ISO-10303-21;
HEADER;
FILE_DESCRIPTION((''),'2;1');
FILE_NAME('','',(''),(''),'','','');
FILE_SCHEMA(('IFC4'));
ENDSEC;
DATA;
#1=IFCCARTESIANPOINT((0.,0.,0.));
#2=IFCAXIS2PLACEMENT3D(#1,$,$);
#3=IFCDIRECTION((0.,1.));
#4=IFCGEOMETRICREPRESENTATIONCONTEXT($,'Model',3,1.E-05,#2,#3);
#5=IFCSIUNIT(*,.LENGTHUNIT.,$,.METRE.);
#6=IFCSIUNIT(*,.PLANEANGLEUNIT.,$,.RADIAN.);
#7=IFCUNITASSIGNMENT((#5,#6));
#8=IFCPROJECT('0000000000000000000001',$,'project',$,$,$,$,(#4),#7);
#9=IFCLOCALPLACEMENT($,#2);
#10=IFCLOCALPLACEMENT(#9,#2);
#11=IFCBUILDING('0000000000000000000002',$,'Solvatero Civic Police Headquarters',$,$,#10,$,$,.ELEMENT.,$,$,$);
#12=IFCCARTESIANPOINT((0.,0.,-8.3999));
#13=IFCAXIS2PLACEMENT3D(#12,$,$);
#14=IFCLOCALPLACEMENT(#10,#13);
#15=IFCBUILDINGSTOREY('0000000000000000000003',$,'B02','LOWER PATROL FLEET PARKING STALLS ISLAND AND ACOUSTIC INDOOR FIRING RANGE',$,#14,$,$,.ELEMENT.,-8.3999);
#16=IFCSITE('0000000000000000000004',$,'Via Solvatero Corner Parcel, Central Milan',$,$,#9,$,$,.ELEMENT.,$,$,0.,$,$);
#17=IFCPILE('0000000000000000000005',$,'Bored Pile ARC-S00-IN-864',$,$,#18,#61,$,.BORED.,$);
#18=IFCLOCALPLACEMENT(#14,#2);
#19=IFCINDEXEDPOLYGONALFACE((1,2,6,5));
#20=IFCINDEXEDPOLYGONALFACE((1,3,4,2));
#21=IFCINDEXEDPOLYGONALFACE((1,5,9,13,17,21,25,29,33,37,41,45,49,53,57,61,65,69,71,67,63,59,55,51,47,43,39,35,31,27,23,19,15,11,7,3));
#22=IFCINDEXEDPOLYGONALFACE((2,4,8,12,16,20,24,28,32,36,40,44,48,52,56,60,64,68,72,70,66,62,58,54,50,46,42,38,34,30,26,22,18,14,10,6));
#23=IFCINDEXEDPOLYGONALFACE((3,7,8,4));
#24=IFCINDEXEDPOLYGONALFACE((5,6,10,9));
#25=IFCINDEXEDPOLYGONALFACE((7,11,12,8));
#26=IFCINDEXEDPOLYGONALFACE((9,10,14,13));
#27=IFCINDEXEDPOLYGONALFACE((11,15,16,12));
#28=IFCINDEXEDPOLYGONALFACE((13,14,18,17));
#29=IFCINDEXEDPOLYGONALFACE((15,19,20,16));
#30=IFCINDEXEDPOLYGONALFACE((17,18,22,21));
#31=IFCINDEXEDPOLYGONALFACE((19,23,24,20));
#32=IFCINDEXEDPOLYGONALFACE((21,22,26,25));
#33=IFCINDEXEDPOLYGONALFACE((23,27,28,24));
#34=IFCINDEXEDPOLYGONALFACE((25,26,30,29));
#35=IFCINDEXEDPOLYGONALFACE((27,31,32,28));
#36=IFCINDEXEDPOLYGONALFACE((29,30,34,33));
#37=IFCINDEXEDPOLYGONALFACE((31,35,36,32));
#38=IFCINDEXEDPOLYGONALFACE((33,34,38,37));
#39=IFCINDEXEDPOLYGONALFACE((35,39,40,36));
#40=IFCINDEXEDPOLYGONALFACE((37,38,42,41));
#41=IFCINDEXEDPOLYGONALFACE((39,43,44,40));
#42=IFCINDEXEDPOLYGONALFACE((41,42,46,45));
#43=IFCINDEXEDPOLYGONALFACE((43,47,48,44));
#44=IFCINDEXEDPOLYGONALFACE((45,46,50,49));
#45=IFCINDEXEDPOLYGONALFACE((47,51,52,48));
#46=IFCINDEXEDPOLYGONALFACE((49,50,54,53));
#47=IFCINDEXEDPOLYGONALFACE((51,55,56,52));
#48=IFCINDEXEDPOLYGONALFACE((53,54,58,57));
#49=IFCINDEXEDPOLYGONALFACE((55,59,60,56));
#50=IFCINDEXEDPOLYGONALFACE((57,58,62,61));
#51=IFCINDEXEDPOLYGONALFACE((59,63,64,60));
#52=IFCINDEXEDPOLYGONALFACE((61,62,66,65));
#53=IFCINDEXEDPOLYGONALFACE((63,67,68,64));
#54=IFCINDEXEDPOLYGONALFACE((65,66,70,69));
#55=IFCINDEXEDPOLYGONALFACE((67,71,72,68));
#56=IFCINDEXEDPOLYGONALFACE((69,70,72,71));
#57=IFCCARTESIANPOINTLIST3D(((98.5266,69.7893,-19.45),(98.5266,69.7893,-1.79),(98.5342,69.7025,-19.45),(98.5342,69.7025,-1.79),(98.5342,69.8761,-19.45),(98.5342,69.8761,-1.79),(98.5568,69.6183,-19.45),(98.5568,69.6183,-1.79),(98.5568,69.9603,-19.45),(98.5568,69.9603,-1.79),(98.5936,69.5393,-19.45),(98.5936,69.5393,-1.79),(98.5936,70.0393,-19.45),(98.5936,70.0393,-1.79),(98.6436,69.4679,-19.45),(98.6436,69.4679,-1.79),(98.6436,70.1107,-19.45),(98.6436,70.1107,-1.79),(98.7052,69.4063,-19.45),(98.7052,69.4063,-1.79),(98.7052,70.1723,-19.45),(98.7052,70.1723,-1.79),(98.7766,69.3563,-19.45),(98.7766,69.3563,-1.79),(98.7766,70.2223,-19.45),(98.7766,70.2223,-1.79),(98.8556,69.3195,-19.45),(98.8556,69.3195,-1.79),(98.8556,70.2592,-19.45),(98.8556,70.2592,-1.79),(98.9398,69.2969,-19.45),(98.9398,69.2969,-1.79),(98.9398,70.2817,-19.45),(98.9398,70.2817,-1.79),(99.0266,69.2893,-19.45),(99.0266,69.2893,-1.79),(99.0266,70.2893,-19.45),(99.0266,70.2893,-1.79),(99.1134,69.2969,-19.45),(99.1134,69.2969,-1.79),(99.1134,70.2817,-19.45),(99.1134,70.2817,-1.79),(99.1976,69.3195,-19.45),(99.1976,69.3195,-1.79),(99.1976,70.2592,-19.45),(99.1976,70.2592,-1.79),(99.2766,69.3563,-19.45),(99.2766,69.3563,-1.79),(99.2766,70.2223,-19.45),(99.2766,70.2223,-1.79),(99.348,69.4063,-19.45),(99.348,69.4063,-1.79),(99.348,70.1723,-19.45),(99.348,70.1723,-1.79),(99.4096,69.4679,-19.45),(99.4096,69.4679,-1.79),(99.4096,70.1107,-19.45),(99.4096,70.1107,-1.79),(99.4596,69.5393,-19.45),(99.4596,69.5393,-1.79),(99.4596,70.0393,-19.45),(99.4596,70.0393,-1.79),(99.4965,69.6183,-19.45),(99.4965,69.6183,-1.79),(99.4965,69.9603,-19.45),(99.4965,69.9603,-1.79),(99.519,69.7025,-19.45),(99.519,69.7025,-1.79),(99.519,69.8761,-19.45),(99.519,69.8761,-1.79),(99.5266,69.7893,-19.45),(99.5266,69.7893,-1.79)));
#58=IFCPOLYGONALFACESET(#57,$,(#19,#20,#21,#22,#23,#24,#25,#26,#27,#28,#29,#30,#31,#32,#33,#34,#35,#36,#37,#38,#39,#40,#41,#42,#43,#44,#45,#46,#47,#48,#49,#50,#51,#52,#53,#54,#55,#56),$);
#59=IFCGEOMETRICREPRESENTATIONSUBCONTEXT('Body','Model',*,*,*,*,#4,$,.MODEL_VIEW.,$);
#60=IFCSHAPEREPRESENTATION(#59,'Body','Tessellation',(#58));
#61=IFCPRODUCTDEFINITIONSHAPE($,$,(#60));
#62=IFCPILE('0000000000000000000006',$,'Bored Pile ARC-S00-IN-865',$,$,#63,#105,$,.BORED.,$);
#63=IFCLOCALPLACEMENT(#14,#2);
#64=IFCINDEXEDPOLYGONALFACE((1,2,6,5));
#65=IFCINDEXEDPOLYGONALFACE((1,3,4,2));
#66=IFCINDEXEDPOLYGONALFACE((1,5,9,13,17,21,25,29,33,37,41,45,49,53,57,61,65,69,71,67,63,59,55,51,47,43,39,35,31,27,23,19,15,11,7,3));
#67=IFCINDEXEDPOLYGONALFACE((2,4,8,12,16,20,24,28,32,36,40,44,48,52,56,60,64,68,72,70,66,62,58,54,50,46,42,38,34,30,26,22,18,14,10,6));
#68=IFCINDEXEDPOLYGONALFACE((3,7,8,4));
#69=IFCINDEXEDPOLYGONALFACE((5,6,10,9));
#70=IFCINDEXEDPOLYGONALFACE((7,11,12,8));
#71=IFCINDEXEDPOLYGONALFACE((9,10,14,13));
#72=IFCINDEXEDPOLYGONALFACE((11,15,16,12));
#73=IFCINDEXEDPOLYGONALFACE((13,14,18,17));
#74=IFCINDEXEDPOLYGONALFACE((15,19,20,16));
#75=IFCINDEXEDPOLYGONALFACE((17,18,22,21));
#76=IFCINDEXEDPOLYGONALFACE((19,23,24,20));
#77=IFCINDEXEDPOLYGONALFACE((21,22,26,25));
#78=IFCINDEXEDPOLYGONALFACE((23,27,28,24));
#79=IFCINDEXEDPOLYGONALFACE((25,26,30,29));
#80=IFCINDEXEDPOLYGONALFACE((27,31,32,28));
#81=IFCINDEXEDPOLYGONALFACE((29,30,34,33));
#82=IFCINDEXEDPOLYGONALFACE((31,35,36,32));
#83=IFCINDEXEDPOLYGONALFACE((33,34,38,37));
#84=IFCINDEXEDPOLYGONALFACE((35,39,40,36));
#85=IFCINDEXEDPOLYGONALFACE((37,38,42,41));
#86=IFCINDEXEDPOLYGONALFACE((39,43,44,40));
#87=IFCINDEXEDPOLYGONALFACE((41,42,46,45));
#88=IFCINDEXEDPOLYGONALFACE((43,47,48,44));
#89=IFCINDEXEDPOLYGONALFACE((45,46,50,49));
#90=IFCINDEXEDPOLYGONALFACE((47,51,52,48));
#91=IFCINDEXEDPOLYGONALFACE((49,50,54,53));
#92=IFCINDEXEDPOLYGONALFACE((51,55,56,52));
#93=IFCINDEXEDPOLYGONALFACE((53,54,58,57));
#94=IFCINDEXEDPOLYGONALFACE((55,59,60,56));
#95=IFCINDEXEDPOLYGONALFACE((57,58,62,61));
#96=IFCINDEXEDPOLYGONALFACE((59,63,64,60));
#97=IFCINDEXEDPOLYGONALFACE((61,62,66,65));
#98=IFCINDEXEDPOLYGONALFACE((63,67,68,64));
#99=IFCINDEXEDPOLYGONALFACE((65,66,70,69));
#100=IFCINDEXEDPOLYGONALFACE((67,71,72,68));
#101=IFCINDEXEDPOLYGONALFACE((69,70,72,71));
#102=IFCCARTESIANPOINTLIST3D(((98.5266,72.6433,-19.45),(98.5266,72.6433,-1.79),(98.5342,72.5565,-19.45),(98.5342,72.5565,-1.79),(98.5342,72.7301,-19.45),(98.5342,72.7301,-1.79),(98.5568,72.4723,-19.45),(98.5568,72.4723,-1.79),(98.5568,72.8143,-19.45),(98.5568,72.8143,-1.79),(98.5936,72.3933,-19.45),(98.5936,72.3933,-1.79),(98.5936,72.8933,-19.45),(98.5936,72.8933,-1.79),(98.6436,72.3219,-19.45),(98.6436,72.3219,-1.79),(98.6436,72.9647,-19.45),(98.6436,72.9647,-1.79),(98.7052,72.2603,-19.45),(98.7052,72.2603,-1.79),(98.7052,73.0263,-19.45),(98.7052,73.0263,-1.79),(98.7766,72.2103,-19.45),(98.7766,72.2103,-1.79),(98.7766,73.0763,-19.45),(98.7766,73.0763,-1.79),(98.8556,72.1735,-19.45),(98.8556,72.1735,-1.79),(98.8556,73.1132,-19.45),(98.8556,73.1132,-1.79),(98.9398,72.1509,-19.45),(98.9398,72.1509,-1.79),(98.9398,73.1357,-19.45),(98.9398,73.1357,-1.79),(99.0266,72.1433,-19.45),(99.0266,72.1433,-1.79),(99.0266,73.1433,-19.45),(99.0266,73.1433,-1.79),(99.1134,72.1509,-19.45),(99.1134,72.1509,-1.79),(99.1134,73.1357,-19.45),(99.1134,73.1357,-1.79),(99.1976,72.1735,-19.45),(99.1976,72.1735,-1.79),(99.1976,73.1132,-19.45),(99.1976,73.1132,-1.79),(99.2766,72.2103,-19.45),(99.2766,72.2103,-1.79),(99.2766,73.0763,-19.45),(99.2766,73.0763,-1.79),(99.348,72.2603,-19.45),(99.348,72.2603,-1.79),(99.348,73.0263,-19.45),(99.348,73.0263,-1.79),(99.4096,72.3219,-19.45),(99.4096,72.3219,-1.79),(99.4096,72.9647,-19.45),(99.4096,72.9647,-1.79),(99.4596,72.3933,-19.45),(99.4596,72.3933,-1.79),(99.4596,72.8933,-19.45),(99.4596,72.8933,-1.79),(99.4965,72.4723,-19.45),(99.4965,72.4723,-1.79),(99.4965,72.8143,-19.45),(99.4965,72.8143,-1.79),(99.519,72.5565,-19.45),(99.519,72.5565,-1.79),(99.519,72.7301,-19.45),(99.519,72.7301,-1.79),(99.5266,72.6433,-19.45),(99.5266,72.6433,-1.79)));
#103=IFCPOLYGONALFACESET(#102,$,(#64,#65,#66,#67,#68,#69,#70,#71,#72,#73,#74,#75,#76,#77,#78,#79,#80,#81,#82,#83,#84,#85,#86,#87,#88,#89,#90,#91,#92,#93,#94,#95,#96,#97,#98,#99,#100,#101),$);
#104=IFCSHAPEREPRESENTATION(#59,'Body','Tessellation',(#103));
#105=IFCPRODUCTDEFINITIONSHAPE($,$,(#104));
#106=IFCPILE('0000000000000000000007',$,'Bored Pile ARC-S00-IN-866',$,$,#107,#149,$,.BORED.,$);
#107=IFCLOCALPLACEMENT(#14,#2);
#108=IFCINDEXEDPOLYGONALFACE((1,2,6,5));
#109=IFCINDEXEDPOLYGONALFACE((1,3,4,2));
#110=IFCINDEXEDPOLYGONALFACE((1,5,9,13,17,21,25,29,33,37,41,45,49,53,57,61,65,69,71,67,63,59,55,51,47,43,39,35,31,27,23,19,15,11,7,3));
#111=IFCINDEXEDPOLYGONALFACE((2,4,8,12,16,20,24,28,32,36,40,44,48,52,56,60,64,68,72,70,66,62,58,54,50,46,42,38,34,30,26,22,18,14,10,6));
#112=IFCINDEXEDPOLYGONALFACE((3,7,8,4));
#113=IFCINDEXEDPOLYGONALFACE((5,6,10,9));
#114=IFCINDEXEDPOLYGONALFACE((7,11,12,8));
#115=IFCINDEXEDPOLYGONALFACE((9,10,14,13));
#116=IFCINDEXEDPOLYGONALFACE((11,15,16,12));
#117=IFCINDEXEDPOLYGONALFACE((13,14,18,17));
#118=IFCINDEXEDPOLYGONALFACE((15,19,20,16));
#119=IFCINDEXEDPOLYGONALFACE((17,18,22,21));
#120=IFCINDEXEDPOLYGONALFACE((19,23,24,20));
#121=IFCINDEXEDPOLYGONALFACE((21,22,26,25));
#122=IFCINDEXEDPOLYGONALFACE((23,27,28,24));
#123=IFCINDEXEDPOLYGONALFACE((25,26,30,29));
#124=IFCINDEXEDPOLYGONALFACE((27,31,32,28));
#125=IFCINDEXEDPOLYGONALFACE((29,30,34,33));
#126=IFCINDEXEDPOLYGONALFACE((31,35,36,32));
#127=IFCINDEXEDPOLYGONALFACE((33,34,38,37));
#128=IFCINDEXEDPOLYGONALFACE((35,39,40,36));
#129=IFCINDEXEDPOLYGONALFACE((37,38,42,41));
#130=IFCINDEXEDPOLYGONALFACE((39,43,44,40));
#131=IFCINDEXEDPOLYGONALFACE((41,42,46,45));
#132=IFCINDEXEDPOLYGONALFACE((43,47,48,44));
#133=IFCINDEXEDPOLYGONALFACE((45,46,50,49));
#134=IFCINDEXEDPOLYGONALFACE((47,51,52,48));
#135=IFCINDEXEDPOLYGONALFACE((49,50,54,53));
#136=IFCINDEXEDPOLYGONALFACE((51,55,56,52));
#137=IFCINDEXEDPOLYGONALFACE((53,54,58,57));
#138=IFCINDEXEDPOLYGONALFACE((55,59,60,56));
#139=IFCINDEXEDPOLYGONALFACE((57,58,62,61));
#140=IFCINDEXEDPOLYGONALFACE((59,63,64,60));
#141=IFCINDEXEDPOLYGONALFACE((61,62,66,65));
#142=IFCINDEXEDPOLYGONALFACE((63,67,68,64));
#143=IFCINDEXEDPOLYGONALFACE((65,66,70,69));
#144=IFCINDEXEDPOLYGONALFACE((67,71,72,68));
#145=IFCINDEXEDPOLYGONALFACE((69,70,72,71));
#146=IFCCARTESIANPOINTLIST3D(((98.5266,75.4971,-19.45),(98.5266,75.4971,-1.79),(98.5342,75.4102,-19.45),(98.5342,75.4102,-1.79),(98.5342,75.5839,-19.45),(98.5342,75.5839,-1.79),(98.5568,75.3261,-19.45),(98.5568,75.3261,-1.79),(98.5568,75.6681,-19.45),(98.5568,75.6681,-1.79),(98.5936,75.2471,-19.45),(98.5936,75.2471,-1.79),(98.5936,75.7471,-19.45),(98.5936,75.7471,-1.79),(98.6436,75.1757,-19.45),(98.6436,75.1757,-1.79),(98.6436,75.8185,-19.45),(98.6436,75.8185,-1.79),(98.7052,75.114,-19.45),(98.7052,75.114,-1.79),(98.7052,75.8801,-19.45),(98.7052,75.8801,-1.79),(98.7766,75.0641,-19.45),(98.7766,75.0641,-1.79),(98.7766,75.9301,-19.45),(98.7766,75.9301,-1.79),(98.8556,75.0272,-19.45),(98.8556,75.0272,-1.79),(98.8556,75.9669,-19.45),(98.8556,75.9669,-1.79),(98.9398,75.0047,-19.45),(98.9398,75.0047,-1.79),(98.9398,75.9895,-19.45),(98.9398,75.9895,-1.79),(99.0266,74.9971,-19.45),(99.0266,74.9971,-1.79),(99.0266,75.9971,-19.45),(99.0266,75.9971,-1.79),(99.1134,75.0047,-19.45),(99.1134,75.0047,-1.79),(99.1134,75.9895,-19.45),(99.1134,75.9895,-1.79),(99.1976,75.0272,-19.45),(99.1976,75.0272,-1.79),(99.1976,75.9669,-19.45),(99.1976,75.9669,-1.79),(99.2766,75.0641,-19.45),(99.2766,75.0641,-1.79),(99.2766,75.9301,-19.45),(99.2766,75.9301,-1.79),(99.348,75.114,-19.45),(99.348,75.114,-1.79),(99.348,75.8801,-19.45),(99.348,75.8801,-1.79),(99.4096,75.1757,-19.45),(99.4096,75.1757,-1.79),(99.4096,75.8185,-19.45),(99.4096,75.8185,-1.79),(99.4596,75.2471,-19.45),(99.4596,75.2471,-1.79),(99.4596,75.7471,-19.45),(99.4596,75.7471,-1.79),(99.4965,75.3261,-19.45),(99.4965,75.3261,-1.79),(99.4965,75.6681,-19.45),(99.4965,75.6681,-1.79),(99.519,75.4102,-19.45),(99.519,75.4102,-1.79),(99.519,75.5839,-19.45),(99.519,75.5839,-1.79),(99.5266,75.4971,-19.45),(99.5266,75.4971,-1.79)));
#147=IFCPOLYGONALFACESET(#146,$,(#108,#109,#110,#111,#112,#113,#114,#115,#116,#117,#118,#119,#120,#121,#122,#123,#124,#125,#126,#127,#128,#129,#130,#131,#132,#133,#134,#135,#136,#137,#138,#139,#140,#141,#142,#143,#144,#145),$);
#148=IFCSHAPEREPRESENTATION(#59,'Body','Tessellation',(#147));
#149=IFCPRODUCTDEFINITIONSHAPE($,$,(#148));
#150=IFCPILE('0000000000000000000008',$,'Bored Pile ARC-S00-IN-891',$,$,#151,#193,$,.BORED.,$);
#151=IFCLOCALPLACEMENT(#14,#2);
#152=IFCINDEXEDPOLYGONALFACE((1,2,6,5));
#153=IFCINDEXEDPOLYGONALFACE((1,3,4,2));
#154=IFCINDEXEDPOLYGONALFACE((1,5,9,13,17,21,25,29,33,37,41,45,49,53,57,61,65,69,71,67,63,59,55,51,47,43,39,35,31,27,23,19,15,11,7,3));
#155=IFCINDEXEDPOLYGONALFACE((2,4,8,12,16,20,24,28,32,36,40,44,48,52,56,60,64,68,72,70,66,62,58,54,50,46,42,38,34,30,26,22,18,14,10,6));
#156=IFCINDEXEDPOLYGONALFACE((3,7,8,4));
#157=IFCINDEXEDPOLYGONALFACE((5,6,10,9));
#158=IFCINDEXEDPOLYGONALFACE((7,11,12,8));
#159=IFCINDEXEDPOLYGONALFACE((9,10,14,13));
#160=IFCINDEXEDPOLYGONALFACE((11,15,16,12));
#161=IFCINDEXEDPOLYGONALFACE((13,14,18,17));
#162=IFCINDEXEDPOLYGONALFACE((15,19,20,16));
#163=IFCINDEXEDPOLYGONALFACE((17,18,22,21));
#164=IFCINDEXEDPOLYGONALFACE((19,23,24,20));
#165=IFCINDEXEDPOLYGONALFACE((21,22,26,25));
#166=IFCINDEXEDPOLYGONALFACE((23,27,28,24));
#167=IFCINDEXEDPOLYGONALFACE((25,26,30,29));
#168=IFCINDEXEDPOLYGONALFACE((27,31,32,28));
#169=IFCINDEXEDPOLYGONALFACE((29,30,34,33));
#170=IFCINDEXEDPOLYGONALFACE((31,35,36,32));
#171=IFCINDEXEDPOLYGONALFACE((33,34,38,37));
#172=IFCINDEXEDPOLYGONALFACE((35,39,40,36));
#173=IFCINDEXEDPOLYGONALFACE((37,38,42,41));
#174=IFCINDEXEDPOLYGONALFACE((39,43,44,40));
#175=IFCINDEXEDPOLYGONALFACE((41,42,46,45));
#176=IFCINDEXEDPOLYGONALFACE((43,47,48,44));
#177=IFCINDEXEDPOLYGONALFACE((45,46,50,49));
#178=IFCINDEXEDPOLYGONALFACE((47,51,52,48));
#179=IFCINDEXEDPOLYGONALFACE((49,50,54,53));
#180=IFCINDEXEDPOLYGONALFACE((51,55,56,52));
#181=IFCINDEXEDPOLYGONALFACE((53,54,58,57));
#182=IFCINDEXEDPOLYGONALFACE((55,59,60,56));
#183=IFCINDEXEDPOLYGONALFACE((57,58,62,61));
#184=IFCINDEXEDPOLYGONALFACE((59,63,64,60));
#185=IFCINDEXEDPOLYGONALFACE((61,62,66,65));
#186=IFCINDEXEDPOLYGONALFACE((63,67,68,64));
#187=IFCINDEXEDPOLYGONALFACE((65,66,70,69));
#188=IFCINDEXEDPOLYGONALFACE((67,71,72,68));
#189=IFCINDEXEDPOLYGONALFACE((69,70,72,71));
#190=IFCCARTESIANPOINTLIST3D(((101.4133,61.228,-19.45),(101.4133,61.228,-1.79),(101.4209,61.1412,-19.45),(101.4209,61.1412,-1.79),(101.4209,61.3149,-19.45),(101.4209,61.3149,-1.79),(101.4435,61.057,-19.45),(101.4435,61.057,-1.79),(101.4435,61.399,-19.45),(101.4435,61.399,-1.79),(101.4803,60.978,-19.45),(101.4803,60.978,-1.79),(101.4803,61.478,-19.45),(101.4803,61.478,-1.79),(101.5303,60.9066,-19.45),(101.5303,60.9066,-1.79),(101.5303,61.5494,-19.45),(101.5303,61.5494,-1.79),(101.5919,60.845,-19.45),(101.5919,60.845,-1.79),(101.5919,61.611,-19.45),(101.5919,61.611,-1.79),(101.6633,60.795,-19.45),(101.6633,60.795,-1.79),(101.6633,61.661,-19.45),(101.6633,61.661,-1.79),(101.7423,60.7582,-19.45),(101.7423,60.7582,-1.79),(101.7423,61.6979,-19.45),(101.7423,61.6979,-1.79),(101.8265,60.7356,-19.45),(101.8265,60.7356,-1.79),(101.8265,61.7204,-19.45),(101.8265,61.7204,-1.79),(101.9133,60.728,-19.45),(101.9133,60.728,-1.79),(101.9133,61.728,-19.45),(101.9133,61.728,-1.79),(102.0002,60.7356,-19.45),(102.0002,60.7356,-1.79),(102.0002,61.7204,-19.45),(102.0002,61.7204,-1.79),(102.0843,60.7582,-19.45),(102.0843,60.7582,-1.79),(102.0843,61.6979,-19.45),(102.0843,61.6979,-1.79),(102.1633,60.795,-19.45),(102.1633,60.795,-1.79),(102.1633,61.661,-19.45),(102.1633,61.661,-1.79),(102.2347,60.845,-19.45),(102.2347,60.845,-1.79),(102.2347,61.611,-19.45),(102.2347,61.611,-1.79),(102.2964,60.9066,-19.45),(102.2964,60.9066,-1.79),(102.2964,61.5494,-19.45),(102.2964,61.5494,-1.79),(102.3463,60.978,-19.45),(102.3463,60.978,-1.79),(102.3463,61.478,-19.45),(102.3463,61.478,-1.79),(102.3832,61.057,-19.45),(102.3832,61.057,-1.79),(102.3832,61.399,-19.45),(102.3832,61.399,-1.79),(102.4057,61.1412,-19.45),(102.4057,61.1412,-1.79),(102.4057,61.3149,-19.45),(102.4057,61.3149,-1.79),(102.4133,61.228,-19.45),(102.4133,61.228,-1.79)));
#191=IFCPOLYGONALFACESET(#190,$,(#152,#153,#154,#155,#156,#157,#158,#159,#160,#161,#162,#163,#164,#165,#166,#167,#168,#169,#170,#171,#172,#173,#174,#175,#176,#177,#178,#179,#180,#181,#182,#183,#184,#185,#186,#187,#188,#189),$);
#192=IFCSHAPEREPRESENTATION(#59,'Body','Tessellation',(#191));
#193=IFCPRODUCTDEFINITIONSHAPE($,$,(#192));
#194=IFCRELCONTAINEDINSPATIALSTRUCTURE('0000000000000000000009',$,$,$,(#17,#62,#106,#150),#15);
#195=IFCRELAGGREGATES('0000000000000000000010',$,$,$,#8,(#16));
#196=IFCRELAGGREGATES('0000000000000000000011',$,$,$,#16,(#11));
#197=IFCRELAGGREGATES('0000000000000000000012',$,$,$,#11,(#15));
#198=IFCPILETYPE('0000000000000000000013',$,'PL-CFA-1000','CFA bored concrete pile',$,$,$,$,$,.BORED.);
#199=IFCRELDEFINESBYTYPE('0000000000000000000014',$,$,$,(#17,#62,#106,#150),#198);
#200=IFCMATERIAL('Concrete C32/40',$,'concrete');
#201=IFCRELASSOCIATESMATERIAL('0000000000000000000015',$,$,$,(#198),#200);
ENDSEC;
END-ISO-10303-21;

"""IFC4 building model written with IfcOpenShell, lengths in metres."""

from ifc_helpers import new_model, si_unit, direction, frame, origin, origin_2d, place, context, subcontext, project, spatial, circle, extrude, material, material_profile, profile_set, type_object, element, save


model = new_model("IFC4")

# Units and contexts
model_context = context("Model", 3, precision=1e-05, world=origin(), true_north=direction((0.0, 1.0)))
body_context = subcontext(model_context, "Body", "Model", "MODEL_VIEW")
ifc_project = project(units=[si_unit("LENGTHUNIT", "METRE"), si_unit("PLANEANGLEUNIT", "RADIAN")], contexts=[model_context])

# Site, building, storey
site_placement = place(None, origin())
site = spatial("IfcSite", under=ifc_project, at=site_placement, Name="Via Solvatero Corner Parcel, Central Milan", CompositionType="ELEMENT", RefElevation=0.0)
building_placement = place(site_placement, origin())
building = spatial("IfcBuilding", under=site, at=building_placement, Name="Solvatero Civic Police Headquarters", CompositionType="ELEMENT")
storey_placement = place(building_placement, frame((0.0, 0.0, -8.3999)))
storey = spatial("IfcBuildingStorey", under=building, at=storey_placement, Name="B02", Description="LOWER PATROL FLEET PARKING STALLS ISLAND AND ACOUSTIC INDOOR FIRING RANGE", CompositionType="ELEMENT", Elevation=-8.3999)

# Piles
ifc_material_1 = material(Name="Concrete C32/40", Category="concrete")
ifc_material_profile_1 = material_profile(ifc_material_1, circle(Radius=0.5, at=origin_2d()), Name="CFA PILE D1000")
ifc_profile_set_1 = profile_set([ifc_material_profile_1], Name="Concrete C32/40")
pile_type = type_object("IfcPileType", Name="PL-CFA-1000", Description="CFA bored concrete pile", PredefinedType="BORED", material=ifc_profile_set_1)
for number, where, z_axis, x_axis, name in (
    (1, (99.0266, 69.7893, -1.79), (0.0, 0.0, -1.0), (1.0, 0.0, 0.0), "Bored Pile ARC-S00-IN-864"),
    (2, (99.0266, 72.6433, -1.79), (0.0, 0.0, -1.0), (1.0, 0.0, 0.0), "Bored Pile ARC-S00-IN-865"),
    (3, (99.0266, 75.4971, -1.79), (0.0, 0.0, -1.0), (1.0, 0.0, 0.0), "Bored Pile ARC-S00-IN-866"),
    (4, (101.9133, 61.228, -1.79), (0.0, 0.0, -1.0), (1.0, 0.0, 0.0), "Bored Pile ARC-S00-IN-891"),
):
    element("IfcPile", number, at=place(storey_placement, frame(where, z_axis=z_axis, x_axis=x_axis)), inside=storey, type_object=pile_type, Name=name, PredefinedType="BORED", context=body_context, shape_type="SweptSolid", body=[
        extrude(circle(Radius=0.5, at=origin_2d()), origin(), (0.0, 0.0, 1.0), 17.6599),
    ])

save(model, "model.ifc")
